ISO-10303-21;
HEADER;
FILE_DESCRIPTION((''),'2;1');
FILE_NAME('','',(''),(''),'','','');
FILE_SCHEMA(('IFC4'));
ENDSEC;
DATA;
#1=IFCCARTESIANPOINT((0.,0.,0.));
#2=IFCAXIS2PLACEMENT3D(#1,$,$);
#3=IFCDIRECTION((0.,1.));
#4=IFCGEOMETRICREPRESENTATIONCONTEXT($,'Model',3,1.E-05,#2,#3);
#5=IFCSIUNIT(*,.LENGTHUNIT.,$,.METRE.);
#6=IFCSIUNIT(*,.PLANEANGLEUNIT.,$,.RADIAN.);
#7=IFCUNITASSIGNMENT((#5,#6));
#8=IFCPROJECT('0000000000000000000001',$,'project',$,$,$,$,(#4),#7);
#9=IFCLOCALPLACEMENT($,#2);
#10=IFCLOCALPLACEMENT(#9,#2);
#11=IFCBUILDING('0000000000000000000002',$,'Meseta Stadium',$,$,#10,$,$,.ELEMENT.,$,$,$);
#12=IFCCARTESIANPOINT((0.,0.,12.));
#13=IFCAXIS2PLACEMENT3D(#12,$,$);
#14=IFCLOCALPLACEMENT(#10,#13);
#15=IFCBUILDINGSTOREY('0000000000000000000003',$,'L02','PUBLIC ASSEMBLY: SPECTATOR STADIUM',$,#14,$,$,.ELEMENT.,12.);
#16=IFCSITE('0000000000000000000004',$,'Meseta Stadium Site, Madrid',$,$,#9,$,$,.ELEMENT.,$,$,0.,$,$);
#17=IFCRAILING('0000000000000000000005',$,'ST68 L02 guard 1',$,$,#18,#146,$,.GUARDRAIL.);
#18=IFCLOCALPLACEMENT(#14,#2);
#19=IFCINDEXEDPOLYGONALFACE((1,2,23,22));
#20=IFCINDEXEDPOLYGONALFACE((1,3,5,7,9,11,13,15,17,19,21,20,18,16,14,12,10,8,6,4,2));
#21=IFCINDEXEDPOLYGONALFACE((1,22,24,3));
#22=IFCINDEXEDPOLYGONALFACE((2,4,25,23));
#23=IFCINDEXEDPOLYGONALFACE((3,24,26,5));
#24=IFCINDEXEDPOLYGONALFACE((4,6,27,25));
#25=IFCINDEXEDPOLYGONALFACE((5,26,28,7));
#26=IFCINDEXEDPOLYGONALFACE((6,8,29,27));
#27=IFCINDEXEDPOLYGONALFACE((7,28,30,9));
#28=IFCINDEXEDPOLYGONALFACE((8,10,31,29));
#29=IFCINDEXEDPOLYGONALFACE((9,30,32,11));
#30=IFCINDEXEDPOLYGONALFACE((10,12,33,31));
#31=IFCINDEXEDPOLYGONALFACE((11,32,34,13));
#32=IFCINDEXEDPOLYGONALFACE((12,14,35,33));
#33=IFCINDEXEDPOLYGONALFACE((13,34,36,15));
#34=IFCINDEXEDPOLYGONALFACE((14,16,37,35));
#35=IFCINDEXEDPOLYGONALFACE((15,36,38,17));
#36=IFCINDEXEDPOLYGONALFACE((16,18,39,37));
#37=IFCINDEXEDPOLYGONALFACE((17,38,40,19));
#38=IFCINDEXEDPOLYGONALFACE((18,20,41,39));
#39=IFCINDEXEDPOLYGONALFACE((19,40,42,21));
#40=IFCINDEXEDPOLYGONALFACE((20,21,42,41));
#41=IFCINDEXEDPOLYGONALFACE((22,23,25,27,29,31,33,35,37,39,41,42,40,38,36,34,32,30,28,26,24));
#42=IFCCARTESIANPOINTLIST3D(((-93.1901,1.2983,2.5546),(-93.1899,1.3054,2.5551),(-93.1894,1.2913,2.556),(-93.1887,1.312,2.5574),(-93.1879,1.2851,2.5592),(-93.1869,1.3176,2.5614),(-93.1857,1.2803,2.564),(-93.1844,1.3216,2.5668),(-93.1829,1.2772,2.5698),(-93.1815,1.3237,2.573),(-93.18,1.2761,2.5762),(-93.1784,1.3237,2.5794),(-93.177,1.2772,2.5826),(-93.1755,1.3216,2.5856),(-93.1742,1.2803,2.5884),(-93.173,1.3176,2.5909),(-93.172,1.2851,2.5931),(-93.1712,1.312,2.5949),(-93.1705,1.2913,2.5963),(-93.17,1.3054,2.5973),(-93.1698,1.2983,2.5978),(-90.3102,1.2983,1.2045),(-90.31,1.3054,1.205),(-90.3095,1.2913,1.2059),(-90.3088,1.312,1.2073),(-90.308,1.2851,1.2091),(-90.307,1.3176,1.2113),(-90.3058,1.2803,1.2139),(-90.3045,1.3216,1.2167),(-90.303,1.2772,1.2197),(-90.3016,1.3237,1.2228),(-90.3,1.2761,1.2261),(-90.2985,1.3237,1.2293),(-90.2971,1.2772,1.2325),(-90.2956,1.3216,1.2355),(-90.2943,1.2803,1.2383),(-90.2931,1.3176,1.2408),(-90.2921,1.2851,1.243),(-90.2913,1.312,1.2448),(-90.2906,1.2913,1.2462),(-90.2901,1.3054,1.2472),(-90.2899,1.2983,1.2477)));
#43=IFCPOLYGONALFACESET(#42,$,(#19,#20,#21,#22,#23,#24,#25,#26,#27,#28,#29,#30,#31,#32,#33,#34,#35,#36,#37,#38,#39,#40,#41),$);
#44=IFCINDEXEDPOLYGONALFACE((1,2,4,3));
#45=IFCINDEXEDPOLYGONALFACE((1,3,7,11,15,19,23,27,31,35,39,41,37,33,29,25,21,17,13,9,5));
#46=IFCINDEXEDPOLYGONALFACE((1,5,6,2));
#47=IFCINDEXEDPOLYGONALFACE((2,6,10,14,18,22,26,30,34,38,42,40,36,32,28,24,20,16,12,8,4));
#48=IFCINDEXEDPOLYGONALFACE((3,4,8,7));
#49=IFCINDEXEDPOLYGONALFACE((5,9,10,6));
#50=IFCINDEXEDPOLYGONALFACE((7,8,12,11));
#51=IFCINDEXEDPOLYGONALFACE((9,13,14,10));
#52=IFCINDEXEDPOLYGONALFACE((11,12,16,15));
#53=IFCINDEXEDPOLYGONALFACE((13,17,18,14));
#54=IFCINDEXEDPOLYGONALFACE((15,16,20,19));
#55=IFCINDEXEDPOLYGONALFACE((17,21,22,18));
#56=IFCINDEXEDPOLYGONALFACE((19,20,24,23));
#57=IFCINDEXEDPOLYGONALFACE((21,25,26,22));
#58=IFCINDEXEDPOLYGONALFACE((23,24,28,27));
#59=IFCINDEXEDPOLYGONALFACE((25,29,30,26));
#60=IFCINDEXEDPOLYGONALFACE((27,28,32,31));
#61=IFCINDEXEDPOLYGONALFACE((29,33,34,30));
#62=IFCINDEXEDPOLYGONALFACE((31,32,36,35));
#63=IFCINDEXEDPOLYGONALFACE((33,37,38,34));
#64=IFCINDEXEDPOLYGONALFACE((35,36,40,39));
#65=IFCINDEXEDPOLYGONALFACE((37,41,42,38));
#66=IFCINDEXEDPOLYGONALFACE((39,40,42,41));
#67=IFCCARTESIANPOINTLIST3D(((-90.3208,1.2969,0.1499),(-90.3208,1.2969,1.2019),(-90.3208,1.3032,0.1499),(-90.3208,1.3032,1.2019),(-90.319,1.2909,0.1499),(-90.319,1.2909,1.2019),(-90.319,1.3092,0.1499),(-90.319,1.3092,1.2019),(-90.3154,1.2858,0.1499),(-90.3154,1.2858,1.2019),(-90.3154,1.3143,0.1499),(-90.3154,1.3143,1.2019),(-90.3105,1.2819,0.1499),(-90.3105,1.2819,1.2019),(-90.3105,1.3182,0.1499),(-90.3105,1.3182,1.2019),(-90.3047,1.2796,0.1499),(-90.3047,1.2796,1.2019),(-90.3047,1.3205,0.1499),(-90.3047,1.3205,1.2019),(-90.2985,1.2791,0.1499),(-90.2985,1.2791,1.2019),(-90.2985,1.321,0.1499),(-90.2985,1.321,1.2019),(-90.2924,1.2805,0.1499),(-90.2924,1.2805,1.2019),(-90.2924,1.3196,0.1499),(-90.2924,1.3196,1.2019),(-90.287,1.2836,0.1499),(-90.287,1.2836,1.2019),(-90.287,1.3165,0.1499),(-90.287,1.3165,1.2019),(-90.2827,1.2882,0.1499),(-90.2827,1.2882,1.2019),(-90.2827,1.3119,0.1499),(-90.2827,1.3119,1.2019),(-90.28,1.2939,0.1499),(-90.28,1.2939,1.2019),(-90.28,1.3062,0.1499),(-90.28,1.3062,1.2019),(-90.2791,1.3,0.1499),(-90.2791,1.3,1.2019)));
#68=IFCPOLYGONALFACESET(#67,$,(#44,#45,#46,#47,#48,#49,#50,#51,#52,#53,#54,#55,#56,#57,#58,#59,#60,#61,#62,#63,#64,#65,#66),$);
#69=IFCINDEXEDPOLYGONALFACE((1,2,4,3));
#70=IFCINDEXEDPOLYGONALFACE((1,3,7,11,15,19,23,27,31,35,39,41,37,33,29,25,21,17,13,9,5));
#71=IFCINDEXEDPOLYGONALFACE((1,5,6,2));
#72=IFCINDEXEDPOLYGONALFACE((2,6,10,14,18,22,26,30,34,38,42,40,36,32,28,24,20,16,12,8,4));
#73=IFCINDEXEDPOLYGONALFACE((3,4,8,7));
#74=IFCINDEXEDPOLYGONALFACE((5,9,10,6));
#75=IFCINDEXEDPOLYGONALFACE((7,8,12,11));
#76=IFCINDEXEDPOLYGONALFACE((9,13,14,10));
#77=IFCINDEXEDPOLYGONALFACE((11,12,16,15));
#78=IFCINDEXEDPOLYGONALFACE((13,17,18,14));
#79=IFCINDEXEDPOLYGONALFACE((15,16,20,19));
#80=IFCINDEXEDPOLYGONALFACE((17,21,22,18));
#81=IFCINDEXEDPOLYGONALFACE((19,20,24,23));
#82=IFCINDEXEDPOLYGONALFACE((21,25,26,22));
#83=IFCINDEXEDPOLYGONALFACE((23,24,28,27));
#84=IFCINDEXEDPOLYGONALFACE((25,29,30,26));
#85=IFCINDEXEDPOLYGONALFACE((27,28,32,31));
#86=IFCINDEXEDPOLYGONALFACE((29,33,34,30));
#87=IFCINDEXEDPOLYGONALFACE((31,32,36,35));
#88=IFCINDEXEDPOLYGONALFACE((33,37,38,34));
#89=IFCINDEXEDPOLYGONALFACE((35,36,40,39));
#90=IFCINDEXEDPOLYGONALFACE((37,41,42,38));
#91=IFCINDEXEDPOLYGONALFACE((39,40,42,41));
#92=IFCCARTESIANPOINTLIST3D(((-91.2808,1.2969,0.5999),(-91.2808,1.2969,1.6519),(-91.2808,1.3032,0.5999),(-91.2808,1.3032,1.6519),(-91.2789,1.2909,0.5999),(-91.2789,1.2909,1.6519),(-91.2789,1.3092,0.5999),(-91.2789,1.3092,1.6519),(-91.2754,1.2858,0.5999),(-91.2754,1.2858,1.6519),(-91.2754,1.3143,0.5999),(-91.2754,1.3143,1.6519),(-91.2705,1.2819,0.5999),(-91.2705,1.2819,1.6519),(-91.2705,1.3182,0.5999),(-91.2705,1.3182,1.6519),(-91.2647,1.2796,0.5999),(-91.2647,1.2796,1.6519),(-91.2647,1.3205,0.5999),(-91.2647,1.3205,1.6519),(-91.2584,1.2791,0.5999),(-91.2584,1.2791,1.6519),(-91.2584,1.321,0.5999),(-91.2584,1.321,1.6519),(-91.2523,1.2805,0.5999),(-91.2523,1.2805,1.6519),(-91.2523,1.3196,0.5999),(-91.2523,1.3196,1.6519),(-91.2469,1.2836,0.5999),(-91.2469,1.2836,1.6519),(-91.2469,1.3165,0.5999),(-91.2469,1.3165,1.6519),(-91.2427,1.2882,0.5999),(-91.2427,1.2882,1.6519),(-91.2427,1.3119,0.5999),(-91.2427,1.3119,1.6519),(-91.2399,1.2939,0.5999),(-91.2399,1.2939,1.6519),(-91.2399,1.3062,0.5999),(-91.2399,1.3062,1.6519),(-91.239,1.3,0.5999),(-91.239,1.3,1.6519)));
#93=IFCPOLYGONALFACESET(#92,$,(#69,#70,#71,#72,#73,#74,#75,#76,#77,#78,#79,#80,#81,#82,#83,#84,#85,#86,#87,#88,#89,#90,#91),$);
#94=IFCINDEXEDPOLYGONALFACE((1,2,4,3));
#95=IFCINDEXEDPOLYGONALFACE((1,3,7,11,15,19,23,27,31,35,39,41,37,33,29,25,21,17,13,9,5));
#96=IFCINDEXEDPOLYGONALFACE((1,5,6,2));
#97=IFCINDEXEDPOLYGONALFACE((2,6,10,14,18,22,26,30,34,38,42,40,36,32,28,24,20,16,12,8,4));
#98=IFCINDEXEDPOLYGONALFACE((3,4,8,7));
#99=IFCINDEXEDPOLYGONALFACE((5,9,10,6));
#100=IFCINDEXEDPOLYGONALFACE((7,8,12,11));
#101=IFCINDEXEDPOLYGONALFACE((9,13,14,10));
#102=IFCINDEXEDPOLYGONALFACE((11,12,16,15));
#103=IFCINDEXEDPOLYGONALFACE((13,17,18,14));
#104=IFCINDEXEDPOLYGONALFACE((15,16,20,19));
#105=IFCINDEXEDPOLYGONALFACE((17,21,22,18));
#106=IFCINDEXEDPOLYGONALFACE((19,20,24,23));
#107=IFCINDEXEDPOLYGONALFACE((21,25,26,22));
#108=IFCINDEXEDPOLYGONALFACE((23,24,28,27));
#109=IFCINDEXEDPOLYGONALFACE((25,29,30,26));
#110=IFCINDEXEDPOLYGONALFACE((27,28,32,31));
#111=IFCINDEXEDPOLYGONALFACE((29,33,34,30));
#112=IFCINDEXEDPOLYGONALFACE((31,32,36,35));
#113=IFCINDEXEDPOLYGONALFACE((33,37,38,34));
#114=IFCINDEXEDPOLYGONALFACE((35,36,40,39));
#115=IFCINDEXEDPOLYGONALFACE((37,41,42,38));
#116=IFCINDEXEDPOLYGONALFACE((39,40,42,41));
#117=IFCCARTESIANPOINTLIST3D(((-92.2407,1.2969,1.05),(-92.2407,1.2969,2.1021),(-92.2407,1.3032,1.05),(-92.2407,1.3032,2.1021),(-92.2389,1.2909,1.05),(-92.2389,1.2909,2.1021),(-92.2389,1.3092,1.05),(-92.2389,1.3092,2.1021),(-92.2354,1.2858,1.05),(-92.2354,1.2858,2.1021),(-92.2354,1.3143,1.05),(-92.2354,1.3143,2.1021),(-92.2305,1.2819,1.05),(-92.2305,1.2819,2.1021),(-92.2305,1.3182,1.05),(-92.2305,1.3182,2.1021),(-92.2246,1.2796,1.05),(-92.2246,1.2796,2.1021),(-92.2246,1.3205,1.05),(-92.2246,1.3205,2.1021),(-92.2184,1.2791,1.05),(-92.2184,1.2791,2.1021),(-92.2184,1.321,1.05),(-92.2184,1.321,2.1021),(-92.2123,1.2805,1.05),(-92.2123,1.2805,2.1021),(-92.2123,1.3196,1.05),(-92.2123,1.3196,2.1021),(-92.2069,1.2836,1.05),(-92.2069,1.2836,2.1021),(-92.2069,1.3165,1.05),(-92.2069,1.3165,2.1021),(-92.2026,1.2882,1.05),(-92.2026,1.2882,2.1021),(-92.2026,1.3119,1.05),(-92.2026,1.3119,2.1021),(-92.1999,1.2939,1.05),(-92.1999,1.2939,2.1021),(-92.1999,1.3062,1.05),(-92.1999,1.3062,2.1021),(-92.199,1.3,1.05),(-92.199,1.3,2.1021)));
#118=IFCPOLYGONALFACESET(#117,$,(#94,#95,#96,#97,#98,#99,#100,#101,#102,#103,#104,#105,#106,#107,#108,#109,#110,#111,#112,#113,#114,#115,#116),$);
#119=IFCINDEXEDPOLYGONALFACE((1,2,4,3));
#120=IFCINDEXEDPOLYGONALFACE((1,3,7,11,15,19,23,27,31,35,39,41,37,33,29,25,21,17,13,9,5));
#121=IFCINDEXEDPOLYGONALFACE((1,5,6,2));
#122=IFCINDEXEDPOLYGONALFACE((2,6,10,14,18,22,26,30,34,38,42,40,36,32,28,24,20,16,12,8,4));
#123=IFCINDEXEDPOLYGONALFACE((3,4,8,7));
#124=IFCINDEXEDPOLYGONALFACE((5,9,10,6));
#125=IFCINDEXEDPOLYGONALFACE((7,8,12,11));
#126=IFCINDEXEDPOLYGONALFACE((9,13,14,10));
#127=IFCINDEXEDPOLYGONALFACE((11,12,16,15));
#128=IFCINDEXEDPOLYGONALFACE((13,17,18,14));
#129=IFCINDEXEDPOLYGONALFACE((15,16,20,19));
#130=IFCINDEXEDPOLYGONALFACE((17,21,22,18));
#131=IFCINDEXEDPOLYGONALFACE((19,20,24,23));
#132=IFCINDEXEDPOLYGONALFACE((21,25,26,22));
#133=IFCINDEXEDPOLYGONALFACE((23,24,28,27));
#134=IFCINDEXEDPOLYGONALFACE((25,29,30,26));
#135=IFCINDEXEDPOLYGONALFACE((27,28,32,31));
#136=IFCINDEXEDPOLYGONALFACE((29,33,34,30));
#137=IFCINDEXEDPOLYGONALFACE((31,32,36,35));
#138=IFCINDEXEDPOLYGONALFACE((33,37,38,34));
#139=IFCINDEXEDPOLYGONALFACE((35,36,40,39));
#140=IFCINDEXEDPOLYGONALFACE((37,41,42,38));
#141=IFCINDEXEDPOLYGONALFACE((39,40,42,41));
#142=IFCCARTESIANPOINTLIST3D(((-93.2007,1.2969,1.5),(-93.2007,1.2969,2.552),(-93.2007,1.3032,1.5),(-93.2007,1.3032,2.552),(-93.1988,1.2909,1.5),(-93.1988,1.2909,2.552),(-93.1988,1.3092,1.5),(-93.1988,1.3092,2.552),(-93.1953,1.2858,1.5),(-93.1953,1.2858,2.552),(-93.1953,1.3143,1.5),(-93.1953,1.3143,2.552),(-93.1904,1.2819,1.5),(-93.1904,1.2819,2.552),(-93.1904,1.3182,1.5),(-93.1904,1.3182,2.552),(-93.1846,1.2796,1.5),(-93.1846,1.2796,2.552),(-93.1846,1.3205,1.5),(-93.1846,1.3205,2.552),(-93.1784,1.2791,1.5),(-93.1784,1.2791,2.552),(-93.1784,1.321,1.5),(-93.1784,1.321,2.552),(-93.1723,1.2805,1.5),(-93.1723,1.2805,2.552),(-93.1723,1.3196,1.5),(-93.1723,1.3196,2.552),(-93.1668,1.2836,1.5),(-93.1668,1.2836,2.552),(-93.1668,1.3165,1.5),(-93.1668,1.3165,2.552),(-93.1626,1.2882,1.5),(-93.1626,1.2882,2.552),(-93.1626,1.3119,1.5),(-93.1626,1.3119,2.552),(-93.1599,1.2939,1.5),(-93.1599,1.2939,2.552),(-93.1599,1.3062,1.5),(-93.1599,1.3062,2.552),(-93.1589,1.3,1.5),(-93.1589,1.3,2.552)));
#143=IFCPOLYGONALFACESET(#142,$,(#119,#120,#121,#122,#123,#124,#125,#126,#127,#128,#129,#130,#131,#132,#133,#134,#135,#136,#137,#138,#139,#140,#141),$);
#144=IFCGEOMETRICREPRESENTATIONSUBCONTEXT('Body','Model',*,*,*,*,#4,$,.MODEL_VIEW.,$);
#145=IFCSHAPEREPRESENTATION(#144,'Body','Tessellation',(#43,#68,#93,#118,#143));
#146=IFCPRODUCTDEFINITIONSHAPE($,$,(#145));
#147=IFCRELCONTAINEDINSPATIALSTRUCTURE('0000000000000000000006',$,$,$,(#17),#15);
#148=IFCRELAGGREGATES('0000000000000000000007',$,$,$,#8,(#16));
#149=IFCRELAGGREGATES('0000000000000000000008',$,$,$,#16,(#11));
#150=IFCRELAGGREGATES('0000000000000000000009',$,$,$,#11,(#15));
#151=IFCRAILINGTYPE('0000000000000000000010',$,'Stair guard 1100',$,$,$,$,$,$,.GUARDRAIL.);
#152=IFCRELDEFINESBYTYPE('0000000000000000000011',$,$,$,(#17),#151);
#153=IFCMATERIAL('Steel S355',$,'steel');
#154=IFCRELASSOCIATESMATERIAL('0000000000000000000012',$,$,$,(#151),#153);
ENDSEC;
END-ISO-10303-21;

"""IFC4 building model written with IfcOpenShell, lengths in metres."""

from ifc_helpers import new_model, si_unit, direction, frame, origin, origin_2d, place, context, subcontext, project, spatial, circle, extrude, material, type_object, element, save


model = new_model("IFC4")

# Units and contexts
model_context = context("Model", 3, precision=1e-05, world=origin(), true_north=direction((0.0, 1.0)))
body_context = subcontext(model_context, "Body", "Model", "MODEL_VIEW")
ifc_project = project(units=[si_unit("LENGTHUNIT", "METRE"), si_unit("PLANEANGLEUNIT", "RADIAN")], contexts=[model_context])

# Site, building, storey
site_placement = place(None, origin())
site = spatial("IfcSite", under=ifc_project, at=site_placement, Name="Meseta Stadium Site, Madrid", CompositionType="ELEMENT", RefElevation=0.0)
building_placement = place(site_placement, origin())
building = spatial("IfcBuilding", under=site, at=building_placement, Name="Meseta Stadium", CompositionType="ELEMENT")
storey_placement = place(building_placement, frame((0.0, 0.0, 12.0)))
storey = spatial("IfcBuildingStorey", under=building, at=storey_placement, Name="L02", Description="PUBLIC ASSEMBLY: SPECTATOR STADIUM", CompositionType="ELEMENT", Elevation=12.0)

# Railing
ifc_material_1 = material(Name="Steel S355", Category="steel")
railing_type_1 = type_object("IfcRailingType", Name="Stair guard 1100", PredefinedType="GUARDRAIL", material=ifc_material_1)
railing_1_placement = place(storey_placement, frame((-90.3, 1.3, 0.1499)))
element("IfcRailing", 1, at=railing_1_placement, inside=storey, type_object=railing_type_1, Name="ST68 L02 guard 1", PredefinedType="GUARDRAIL", context=body_context, shape_type="SweptSolid", body=[
    extrude(circle(Radius=0.0239, at=origin_2d()), frame((0.0, 0.0, 1.0762), z_axis=(-0.90544, 0.0, 0.424473), x_axis=(0.0, -1.0, 0.0)), (0.0, 0.0, 1.0), 3.1807),
    extrude(circle(Radius=0.021, at=origin_2d()), origin(), (0.0, 0.0, 1.0), 1.052),
    extrude(circle(Radius=0.021, at=origin_2d()), frame((-0.96, 0.0, 0.45)), (0.0, 0.0, 1.0), 1.052),
    extrude(circle(Radius=0.021, at=origin_2d()), frame((-1.9199, 0.0, 0.9001)), (0.0, 0.0, 1.0), 1.052),
    extrude(circle(Radius=0.021, at=origin_2d()), frame((-2.8799, 0.0, 1.3501)), (0.0, 0.0, 1.0), 1.052),
])

save(model, "model.ifc")
